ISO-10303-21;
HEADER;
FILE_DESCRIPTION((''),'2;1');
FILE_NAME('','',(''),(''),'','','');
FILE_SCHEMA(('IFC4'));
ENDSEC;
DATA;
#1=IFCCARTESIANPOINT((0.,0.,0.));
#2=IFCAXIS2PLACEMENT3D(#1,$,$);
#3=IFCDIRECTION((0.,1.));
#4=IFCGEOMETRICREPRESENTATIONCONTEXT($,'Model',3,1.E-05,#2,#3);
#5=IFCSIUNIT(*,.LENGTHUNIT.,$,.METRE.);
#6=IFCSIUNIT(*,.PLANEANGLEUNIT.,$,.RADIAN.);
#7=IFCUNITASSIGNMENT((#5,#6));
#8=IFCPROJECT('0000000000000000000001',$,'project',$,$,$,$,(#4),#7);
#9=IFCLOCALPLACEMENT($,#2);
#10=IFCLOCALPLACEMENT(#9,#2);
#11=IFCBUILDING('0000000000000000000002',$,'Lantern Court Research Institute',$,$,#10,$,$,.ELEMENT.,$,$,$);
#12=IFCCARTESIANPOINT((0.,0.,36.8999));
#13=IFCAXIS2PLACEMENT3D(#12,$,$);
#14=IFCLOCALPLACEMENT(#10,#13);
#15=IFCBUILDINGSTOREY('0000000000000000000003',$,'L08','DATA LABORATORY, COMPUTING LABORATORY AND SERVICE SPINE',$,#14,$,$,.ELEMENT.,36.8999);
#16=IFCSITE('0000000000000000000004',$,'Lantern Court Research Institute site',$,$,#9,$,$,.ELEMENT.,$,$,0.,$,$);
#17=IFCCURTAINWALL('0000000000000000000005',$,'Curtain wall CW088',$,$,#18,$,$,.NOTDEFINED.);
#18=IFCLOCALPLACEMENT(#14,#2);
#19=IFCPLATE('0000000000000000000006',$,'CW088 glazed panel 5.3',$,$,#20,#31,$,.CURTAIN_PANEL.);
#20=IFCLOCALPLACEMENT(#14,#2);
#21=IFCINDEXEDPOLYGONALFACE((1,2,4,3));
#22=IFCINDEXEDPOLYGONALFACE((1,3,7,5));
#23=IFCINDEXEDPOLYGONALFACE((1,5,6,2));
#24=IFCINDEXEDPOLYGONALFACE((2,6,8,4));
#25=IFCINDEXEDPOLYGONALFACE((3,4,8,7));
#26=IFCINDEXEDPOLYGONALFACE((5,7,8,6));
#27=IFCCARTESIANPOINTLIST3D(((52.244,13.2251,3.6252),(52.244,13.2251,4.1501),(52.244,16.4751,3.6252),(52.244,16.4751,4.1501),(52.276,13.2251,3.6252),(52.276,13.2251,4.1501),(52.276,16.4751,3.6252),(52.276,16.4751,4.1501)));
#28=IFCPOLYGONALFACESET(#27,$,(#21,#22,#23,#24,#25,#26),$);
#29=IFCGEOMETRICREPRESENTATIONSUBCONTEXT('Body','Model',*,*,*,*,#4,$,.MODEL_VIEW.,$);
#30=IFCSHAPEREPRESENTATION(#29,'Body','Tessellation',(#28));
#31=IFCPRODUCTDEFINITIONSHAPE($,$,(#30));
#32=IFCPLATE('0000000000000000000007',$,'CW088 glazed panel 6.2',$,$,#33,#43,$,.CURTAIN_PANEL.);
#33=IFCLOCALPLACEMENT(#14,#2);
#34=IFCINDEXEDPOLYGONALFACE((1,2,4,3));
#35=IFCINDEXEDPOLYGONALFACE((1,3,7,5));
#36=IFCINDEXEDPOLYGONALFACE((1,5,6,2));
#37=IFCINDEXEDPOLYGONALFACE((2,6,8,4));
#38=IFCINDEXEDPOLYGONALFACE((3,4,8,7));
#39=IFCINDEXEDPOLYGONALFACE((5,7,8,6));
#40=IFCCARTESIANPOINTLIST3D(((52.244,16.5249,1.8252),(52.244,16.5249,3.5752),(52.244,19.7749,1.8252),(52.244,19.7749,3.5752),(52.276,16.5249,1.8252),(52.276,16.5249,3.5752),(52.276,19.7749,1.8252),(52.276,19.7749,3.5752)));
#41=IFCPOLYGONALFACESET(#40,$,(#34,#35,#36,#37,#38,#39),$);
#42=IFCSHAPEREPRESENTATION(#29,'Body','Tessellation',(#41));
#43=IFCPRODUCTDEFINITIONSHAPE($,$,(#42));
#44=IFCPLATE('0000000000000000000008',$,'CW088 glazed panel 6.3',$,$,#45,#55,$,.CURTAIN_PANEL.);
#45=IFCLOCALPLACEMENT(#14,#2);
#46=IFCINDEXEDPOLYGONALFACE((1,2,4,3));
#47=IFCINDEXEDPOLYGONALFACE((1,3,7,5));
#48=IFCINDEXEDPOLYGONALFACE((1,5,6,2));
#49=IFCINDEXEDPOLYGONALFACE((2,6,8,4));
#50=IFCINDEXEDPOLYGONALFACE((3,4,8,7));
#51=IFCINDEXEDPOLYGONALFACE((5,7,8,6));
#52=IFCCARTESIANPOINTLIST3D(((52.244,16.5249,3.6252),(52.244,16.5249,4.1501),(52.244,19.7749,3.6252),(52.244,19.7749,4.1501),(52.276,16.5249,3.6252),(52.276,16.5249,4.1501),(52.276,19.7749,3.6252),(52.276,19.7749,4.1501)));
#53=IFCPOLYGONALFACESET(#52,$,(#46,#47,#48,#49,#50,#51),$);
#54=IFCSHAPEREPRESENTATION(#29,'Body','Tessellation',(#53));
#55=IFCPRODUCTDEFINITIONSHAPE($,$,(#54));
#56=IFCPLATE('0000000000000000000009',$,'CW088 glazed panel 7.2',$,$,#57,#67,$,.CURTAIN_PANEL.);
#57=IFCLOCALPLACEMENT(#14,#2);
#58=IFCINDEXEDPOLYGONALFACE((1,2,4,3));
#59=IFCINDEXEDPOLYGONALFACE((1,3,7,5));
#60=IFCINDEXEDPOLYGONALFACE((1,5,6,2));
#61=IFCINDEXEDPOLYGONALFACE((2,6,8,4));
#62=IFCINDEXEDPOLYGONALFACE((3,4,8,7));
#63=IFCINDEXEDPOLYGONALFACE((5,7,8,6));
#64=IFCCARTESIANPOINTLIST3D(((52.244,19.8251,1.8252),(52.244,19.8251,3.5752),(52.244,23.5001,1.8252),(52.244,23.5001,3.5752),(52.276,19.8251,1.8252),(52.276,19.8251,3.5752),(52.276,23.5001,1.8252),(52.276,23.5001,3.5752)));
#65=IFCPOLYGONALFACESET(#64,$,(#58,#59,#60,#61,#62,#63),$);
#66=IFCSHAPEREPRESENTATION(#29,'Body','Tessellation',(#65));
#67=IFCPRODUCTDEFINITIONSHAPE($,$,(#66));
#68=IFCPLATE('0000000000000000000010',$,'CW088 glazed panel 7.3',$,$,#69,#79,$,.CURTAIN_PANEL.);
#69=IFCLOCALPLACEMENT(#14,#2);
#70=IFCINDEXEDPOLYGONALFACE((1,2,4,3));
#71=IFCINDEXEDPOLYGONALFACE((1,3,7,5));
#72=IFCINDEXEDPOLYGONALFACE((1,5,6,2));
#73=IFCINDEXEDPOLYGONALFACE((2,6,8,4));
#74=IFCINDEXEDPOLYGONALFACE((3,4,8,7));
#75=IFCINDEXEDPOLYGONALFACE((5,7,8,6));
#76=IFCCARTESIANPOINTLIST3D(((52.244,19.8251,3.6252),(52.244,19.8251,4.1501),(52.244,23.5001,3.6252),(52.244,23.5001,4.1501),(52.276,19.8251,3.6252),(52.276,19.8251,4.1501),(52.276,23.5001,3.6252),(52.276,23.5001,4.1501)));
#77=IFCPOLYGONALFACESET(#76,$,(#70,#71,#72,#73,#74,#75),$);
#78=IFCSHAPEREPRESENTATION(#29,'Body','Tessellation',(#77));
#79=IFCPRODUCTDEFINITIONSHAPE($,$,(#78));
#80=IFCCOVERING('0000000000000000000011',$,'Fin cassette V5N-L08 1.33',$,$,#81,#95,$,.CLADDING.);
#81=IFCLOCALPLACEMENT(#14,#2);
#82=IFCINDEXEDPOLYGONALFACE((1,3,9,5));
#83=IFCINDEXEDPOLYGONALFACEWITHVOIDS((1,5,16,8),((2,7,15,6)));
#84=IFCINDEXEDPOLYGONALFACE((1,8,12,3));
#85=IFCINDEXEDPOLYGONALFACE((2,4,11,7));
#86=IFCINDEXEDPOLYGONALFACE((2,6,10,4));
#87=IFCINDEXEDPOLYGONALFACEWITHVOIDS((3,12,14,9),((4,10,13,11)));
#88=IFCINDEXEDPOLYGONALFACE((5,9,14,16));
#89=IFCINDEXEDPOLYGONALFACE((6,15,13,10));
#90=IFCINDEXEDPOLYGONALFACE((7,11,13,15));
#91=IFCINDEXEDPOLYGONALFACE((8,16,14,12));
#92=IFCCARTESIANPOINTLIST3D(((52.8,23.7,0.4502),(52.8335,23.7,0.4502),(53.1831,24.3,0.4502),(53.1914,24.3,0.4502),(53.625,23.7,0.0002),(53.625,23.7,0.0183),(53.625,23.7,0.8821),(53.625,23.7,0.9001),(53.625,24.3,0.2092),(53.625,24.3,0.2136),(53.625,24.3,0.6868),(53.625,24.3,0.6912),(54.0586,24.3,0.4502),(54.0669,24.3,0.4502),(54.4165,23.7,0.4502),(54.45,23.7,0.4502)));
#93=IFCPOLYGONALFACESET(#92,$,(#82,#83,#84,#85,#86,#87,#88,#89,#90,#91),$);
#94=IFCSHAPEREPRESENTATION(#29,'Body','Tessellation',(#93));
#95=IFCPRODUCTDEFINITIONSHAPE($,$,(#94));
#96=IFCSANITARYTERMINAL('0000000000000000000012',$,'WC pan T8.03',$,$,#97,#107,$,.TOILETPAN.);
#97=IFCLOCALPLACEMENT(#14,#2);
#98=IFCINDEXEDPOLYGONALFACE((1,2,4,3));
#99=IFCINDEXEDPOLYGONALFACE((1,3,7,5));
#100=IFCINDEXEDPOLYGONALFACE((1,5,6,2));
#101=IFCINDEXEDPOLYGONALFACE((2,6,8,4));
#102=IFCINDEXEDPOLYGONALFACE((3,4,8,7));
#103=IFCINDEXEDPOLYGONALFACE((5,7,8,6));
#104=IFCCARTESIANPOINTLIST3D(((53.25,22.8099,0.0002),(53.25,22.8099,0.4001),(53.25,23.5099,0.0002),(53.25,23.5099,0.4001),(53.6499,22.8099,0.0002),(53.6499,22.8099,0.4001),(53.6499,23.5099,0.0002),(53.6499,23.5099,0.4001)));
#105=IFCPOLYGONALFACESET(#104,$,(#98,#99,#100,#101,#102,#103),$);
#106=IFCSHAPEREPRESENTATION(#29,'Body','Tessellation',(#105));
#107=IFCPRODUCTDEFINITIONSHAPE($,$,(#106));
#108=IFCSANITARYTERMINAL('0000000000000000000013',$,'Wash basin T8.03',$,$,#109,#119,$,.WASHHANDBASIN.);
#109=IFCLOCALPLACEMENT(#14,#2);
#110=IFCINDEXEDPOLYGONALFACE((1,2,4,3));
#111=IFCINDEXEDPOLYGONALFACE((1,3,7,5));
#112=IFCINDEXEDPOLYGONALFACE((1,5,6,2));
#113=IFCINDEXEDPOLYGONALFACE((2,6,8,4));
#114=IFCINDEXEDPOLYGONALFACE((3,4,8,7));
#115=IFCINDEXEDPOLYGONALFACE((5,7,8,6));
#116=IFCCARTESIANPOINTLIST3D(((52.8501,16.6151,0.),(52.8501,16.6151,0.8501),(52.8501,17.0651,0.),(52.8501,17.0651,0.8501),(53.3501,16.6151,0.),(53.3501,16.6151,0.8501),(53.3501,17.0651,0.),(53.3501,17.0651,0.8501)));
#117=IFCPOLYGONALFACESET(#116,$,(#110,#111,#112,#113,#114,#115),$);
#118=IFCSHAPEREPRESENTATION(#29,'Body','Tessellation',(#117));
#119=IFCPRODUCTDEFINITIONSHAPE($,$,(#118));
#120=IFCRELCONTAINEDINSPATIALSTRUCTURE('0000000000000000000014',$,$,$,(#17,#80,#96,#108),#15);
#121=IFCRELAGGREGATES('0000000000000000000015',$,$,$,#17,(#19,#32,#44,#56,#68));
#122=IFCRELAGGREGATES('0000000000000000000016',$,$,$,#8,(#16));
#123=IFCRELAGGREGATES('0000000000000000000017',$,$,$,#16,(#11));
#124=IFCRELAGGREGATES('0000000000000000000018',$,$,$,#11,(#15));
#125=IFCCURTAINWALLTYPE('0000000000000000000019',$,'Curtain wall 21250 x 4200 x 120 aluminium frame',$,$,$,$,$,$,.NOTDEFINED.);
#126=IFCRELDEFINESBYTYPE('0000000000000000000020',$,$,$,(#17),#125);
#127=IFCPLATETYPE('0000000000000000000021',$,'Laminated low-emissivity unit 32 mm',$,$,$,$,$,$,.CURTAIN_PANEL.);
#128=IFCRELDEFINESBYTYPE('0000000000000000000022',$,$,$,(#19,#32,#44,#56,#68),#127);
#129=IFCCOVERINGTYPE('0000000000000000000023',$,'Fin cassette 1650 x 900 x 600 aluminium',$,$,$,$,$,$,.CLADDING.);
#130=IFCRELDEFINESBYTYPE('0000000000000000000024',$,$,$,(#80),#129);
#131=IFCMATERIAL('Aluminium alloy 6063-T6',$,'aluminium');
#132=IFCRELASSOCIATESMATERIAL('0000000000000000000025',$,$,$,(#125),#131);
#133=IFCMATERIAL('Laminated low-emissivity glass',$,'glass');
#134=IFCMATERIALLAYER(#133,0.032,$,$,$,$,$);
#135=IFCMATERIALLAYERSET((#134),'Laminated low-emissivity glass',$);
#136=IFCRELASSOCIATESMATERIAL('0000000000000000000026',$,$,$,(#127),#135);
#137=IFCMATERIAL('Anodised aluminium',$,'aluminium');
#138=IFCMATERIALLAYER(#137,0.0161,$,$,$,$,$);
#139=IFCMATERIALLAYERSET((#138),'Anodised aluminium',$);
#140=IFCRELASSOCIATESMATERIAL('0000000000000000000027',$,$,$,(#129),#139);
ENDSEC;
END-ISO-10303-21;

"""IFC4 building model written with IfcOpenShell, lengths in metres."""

from ifc_helpers import new_model, entity, si_unit, direction, frame, origin, origin_2d, place, context, subcontext, project, spatial, rectangle, extrude, material, layer, layer_set, type_object, element, aggregate, save


model = new_model("IFC4")

# Units and contexts
model_context = context("Model", 3, precision=1e-05, world=origin(), true_north=direction((0.0, 1.0)))
body_context = subcontext(model_context, "Body", "Model", "MODEL_VIEW")
ifc_project = project(units=[si_unit("LENGTHUNIT", "METRE"), si_unit("PLANEANGLEUNIT", "RADIAN")], contexts=[model_context])

# Site, building, storey
site_placement = place(None, origin())
site = spatial("IfcSite", under=ifc_project, at=site_placement, Name="Lantern Court Research Institute site", CompositionType="ELEMENT", RefElevation=0.0)
building_placement = place(site_placement, origin())
building = spatial("IfcBuilding", under=site, at=building_placement, Name="Lantern Court Research Institute", CompositionType="ELEMENT")
storey_placement = place(building_placement, frame((0.0, 0.0, 36.8999)))
storey = spatial("IfcBuildingStorey", under=building, at=storey_placement, Name="L08", Description="DATA LABORATORY, COMPUTING LABORATORY AND SERVICE SPINE", CompositionType="ELEMENT", Elevation=36.8999)

# Curtain wall, plates
ifc_material_1 = material(Name="Aluminium alloy 6063-T6", Category="aluminium")
curtain_wall_type = type_object("IfcCurtainWallType", Name="Curtain wall 21250 x 4200 x 120 aluminium frame", PredefinedType="NOTDEFINED", material=ifc_material_1)
curtain_wall_placement = place(storey_placement, origin())
curtain_wall = element("IfcCurtainWall", 1, at=curtain_wall_placement, inside=storey, type_object=curtain_wall_type, Name="Curtain wall CW088", PredefinedType="NOTDEFINED")
ifc_material_2 = material(Name="Laminated low-emissivity glass", Category="glass")
ifc_layer_1 = layer(ifc_material_2, 0.032)
ifc_layer_set_1 = layer_set([ifc_layer_1], Name="Laminated low-emissivity glass")
plate_type_1 = type_object("IfcPlateType", Name="Laminated low-emissivity unit 32 mm", PredefinedType="CURTAIN_PANEL", material=ifc_layer_set_1)
plate_1_placement = place(storey_placement, frame((52.26, 14.8501, 3.6252), z_axis=(0.0, 0.0, 1.0), x_axis=(0.0, 1.0, 0.0)))
plate_1 = element("IfcPlate", 2, at=plate_1_placement, type_object=plate_type_1, Name="CW088 glazed panel 5.3", PredefinedType="CURTAIN_PANEL", context=body_context, shape_type="SweptSolid", body=[
    extrude(rectangle(XDim=3.25, YDim=0.032, at=origin_2d()), origin(), (0.0, 0.0, 1.0), 0.5249),
])
plate_2_placement = place(storey_placement, frame((52.26, 18.1499, 1.8252), z_axis=(0.0, 0.0, 1.0), x_axis=(0.0, 1.0, 0.0)))
plate_2 = element("IfcPlate", 3, at=plate_2_placement, type_object=plate_type_1, Name="CW088 glazed panel 6.2", PredefinedType="CURTAIN_PANEL", context=body_context, shape_type="SweptSolid", body=[
    extrude(rectangle(XDim=3.25, YDim=0.032, at=origin_2d()), origin(), (0.0, 0.0, 1.0), 1.75),
])
plate_3_placement = place(storey_placement, frame((52.26, 18.1499, 3.6252), z_axis=(0.0, 0.0, 1.0), x_axis=(0.0, 1.0, 0.0)))
plate_3 = element("IfcPlate", 4, at=plate_3_placement, type_object=plate_type_1, Name="CW088 glazed panel 6.3", PredefinedType="CURTAIN_PANEL", context=body_context, shape_type="SweptSolid", body=[
    extrude(rectangle(XDim=3.25, YDim=0.032, at=origin_2d()), origin(), (0.0, 0.0, 1.0), 0.5249),
])
plate_4_placement = place(storey_placement, frame((52.26, 21.6626, 1.8252), z_axis=(0.0, 0.0, 1.0), x_axis=(0.0, 1.0, 0.0)))
plate_4 = element("IfcPlate", 5, at=plate_4_placement, type_object=plate_type_1, Name="CW088 glazed panel 7.2", PredefinedType="CURTAIN_PANEL", context=body_context, shape_type="SweptSolid", body=[
    extrude(rectangle(XDim=3.675, YDim=0.032, at=origin_2d()), origin(), (0.0, 0.0, 1.0), 1.75),
])
plate_5_placement = place(storey_placement, frame((52.26, 21.6626, 3.6252), z_axis=(0.0, 0.0, 1.0), x_axis=(0.0, 1.0, 0.0)))
plate_5 = element("IfcPlate", 6, at=plate_5_placement, type_object=plate_type_1, Name="CW088 glazed panel 7.3", PredefinedType="CURTAIN_PANEL", context=body_context, shape_type="SweptSolid", body=[
    extrude(rectangle(XDim=3.675, YDim=0.032, at=origin_2d()), origin(), (0.0, 0.0, 1.0), 0.5249),
])
aggregate(curtain_wall, [plate_1, plate_2, plate_3, plate_4, plate_5])

# Covering
ifc_material_3 = material(Name="Anodised aluminium", Category="aluminium")
ifc_layer_2 = layer(ifc_material_3, 0.0161)
ifc_layer_set_2 = layer_set([ifc_layer_2], Name="Anodised aluminium")
covering_type = type_object("IfcCoveringType", Name="Fin cassette 1650 x 900 x 600 aluminium", PredefinedType="CLADDING", material=ifc_layer_set_2)
covering_placement = place(storey_placement, frame((53.625, 23.7, 0.4502), z_axis=(0.0, 1.0, 0.0), x_axis=(-1.0, 0.0, 0.0)))
cartesian_point_1 = entity("IfcCartesianPoint", [0.825, 0.0])
cartesian_point_2 = entity("IfcCartesianPoint", [0.7915, 0.0])
cartesian_point_3 = entity("IfcCartesianPoint", [0.4419, 0.0])
cartesian_point_4 = entity("IfcCartesianPoint", [0.4336, 0.0])
element("IfcCovering", 7, at=covering_placement, inside=storey, type_object=covering_type, Name="Fin cassette V5N-L08 1.33", PredefinedType="CLADDING", context=body_context, shape_type="SweptSolid", body=[
    entity("IfcExtrudedAreaSolidTapered", entity("IfcArbitraryProfileDefWithVoids", "AREA", None, entity("IfcPolyline", [cartesian_point_1, entity("IfcCartesianPoint", [0.0, 0.45]), entity("IfcCartesianPoint", [-0.825, 0.0]), entity("IfcCartesianPoint", [0.0, -0.45]), cartesian_point_1]), [entity("IfcPolyline", [cartesian_point_2, entity("IfcCartesianPoint", [0.0, 0.4319]), entity("IfcCartesianPoint", [-0.7915, 0.0]), entity("IfcCartesianPoint", [0.0, -0.4319]), cartesian_point_2])]), entity("IfcAxis2Placement3D", entity("IfcCartesianPoint", [0.0, 0.0, 0.0])), entity("IfcDirection", [0.0, 0.0, 1.0]), 0.6001, entity("IfcArbitraryProfileDefWithVoids", "AREA", None, entity("IfcPolyline", [cartesian_point_3, entity("IfcCartesianPoint", [0.0, 0.241]), entity("IfcCartesianPoint", [-0.4419, 0.0]), entity("IfcCartesianPoint", [0.0, -0.241]), cartesian_point_3]), [entity("IfcPolyline", [cartesian_point_4, entity("IfcCartesianPoint", [0.0, 0.2366]), entity("IfcCartesianPoint", [-0.4336, 0.0]), entity("IfcCartesianPoint", [0.0, -0.2366]), cartesian_point_4])])),
])

# Sanitary terminals
sanitary_terminal_1_placement = place(storey_placement, frame((53.45, 23.1599, 0.0002), z_axis=(0.0, 0.0, 1.0), x_axis=(1.0, 0.0, 0.0)))
element("IfcSanitaryTerminal", 8, at=sanitary_terminal_1_placement, inside=storey, Name="WC pan T8.03", PredefinedType="TOILETPAN", context=body_context, shape_type="SweptSolid", body=[
    extrude(rectangle(XDim=0.3999, YDim=0.7, at=origin_2d()), origin(), (0.0, 0.0, 1.0), 0.3999),
])
sanitary_terminal_2_placement = place(storey_placement, frame((53.1001, 16.8401, 0.0), z_axis=(0.0, 0.0, 1.0), x_axis=(1.0, 0.0, 0.0)))
element("IfcSanitaryTerminal", 9, at=sanitary_terminal_2_placement, inside=storey, Name="Wash basin T8.03", PredefinedType="WASHHANDBASIN", context=body_context, shape_type="SweptSolid", body=[
    extrude(rectangle(XDim=0.5, YDim=0.45, at=origin_2d()), origin(), (0.0, 0.0, 1.0), 0.8501),
])

save(model, "model.ifc")
